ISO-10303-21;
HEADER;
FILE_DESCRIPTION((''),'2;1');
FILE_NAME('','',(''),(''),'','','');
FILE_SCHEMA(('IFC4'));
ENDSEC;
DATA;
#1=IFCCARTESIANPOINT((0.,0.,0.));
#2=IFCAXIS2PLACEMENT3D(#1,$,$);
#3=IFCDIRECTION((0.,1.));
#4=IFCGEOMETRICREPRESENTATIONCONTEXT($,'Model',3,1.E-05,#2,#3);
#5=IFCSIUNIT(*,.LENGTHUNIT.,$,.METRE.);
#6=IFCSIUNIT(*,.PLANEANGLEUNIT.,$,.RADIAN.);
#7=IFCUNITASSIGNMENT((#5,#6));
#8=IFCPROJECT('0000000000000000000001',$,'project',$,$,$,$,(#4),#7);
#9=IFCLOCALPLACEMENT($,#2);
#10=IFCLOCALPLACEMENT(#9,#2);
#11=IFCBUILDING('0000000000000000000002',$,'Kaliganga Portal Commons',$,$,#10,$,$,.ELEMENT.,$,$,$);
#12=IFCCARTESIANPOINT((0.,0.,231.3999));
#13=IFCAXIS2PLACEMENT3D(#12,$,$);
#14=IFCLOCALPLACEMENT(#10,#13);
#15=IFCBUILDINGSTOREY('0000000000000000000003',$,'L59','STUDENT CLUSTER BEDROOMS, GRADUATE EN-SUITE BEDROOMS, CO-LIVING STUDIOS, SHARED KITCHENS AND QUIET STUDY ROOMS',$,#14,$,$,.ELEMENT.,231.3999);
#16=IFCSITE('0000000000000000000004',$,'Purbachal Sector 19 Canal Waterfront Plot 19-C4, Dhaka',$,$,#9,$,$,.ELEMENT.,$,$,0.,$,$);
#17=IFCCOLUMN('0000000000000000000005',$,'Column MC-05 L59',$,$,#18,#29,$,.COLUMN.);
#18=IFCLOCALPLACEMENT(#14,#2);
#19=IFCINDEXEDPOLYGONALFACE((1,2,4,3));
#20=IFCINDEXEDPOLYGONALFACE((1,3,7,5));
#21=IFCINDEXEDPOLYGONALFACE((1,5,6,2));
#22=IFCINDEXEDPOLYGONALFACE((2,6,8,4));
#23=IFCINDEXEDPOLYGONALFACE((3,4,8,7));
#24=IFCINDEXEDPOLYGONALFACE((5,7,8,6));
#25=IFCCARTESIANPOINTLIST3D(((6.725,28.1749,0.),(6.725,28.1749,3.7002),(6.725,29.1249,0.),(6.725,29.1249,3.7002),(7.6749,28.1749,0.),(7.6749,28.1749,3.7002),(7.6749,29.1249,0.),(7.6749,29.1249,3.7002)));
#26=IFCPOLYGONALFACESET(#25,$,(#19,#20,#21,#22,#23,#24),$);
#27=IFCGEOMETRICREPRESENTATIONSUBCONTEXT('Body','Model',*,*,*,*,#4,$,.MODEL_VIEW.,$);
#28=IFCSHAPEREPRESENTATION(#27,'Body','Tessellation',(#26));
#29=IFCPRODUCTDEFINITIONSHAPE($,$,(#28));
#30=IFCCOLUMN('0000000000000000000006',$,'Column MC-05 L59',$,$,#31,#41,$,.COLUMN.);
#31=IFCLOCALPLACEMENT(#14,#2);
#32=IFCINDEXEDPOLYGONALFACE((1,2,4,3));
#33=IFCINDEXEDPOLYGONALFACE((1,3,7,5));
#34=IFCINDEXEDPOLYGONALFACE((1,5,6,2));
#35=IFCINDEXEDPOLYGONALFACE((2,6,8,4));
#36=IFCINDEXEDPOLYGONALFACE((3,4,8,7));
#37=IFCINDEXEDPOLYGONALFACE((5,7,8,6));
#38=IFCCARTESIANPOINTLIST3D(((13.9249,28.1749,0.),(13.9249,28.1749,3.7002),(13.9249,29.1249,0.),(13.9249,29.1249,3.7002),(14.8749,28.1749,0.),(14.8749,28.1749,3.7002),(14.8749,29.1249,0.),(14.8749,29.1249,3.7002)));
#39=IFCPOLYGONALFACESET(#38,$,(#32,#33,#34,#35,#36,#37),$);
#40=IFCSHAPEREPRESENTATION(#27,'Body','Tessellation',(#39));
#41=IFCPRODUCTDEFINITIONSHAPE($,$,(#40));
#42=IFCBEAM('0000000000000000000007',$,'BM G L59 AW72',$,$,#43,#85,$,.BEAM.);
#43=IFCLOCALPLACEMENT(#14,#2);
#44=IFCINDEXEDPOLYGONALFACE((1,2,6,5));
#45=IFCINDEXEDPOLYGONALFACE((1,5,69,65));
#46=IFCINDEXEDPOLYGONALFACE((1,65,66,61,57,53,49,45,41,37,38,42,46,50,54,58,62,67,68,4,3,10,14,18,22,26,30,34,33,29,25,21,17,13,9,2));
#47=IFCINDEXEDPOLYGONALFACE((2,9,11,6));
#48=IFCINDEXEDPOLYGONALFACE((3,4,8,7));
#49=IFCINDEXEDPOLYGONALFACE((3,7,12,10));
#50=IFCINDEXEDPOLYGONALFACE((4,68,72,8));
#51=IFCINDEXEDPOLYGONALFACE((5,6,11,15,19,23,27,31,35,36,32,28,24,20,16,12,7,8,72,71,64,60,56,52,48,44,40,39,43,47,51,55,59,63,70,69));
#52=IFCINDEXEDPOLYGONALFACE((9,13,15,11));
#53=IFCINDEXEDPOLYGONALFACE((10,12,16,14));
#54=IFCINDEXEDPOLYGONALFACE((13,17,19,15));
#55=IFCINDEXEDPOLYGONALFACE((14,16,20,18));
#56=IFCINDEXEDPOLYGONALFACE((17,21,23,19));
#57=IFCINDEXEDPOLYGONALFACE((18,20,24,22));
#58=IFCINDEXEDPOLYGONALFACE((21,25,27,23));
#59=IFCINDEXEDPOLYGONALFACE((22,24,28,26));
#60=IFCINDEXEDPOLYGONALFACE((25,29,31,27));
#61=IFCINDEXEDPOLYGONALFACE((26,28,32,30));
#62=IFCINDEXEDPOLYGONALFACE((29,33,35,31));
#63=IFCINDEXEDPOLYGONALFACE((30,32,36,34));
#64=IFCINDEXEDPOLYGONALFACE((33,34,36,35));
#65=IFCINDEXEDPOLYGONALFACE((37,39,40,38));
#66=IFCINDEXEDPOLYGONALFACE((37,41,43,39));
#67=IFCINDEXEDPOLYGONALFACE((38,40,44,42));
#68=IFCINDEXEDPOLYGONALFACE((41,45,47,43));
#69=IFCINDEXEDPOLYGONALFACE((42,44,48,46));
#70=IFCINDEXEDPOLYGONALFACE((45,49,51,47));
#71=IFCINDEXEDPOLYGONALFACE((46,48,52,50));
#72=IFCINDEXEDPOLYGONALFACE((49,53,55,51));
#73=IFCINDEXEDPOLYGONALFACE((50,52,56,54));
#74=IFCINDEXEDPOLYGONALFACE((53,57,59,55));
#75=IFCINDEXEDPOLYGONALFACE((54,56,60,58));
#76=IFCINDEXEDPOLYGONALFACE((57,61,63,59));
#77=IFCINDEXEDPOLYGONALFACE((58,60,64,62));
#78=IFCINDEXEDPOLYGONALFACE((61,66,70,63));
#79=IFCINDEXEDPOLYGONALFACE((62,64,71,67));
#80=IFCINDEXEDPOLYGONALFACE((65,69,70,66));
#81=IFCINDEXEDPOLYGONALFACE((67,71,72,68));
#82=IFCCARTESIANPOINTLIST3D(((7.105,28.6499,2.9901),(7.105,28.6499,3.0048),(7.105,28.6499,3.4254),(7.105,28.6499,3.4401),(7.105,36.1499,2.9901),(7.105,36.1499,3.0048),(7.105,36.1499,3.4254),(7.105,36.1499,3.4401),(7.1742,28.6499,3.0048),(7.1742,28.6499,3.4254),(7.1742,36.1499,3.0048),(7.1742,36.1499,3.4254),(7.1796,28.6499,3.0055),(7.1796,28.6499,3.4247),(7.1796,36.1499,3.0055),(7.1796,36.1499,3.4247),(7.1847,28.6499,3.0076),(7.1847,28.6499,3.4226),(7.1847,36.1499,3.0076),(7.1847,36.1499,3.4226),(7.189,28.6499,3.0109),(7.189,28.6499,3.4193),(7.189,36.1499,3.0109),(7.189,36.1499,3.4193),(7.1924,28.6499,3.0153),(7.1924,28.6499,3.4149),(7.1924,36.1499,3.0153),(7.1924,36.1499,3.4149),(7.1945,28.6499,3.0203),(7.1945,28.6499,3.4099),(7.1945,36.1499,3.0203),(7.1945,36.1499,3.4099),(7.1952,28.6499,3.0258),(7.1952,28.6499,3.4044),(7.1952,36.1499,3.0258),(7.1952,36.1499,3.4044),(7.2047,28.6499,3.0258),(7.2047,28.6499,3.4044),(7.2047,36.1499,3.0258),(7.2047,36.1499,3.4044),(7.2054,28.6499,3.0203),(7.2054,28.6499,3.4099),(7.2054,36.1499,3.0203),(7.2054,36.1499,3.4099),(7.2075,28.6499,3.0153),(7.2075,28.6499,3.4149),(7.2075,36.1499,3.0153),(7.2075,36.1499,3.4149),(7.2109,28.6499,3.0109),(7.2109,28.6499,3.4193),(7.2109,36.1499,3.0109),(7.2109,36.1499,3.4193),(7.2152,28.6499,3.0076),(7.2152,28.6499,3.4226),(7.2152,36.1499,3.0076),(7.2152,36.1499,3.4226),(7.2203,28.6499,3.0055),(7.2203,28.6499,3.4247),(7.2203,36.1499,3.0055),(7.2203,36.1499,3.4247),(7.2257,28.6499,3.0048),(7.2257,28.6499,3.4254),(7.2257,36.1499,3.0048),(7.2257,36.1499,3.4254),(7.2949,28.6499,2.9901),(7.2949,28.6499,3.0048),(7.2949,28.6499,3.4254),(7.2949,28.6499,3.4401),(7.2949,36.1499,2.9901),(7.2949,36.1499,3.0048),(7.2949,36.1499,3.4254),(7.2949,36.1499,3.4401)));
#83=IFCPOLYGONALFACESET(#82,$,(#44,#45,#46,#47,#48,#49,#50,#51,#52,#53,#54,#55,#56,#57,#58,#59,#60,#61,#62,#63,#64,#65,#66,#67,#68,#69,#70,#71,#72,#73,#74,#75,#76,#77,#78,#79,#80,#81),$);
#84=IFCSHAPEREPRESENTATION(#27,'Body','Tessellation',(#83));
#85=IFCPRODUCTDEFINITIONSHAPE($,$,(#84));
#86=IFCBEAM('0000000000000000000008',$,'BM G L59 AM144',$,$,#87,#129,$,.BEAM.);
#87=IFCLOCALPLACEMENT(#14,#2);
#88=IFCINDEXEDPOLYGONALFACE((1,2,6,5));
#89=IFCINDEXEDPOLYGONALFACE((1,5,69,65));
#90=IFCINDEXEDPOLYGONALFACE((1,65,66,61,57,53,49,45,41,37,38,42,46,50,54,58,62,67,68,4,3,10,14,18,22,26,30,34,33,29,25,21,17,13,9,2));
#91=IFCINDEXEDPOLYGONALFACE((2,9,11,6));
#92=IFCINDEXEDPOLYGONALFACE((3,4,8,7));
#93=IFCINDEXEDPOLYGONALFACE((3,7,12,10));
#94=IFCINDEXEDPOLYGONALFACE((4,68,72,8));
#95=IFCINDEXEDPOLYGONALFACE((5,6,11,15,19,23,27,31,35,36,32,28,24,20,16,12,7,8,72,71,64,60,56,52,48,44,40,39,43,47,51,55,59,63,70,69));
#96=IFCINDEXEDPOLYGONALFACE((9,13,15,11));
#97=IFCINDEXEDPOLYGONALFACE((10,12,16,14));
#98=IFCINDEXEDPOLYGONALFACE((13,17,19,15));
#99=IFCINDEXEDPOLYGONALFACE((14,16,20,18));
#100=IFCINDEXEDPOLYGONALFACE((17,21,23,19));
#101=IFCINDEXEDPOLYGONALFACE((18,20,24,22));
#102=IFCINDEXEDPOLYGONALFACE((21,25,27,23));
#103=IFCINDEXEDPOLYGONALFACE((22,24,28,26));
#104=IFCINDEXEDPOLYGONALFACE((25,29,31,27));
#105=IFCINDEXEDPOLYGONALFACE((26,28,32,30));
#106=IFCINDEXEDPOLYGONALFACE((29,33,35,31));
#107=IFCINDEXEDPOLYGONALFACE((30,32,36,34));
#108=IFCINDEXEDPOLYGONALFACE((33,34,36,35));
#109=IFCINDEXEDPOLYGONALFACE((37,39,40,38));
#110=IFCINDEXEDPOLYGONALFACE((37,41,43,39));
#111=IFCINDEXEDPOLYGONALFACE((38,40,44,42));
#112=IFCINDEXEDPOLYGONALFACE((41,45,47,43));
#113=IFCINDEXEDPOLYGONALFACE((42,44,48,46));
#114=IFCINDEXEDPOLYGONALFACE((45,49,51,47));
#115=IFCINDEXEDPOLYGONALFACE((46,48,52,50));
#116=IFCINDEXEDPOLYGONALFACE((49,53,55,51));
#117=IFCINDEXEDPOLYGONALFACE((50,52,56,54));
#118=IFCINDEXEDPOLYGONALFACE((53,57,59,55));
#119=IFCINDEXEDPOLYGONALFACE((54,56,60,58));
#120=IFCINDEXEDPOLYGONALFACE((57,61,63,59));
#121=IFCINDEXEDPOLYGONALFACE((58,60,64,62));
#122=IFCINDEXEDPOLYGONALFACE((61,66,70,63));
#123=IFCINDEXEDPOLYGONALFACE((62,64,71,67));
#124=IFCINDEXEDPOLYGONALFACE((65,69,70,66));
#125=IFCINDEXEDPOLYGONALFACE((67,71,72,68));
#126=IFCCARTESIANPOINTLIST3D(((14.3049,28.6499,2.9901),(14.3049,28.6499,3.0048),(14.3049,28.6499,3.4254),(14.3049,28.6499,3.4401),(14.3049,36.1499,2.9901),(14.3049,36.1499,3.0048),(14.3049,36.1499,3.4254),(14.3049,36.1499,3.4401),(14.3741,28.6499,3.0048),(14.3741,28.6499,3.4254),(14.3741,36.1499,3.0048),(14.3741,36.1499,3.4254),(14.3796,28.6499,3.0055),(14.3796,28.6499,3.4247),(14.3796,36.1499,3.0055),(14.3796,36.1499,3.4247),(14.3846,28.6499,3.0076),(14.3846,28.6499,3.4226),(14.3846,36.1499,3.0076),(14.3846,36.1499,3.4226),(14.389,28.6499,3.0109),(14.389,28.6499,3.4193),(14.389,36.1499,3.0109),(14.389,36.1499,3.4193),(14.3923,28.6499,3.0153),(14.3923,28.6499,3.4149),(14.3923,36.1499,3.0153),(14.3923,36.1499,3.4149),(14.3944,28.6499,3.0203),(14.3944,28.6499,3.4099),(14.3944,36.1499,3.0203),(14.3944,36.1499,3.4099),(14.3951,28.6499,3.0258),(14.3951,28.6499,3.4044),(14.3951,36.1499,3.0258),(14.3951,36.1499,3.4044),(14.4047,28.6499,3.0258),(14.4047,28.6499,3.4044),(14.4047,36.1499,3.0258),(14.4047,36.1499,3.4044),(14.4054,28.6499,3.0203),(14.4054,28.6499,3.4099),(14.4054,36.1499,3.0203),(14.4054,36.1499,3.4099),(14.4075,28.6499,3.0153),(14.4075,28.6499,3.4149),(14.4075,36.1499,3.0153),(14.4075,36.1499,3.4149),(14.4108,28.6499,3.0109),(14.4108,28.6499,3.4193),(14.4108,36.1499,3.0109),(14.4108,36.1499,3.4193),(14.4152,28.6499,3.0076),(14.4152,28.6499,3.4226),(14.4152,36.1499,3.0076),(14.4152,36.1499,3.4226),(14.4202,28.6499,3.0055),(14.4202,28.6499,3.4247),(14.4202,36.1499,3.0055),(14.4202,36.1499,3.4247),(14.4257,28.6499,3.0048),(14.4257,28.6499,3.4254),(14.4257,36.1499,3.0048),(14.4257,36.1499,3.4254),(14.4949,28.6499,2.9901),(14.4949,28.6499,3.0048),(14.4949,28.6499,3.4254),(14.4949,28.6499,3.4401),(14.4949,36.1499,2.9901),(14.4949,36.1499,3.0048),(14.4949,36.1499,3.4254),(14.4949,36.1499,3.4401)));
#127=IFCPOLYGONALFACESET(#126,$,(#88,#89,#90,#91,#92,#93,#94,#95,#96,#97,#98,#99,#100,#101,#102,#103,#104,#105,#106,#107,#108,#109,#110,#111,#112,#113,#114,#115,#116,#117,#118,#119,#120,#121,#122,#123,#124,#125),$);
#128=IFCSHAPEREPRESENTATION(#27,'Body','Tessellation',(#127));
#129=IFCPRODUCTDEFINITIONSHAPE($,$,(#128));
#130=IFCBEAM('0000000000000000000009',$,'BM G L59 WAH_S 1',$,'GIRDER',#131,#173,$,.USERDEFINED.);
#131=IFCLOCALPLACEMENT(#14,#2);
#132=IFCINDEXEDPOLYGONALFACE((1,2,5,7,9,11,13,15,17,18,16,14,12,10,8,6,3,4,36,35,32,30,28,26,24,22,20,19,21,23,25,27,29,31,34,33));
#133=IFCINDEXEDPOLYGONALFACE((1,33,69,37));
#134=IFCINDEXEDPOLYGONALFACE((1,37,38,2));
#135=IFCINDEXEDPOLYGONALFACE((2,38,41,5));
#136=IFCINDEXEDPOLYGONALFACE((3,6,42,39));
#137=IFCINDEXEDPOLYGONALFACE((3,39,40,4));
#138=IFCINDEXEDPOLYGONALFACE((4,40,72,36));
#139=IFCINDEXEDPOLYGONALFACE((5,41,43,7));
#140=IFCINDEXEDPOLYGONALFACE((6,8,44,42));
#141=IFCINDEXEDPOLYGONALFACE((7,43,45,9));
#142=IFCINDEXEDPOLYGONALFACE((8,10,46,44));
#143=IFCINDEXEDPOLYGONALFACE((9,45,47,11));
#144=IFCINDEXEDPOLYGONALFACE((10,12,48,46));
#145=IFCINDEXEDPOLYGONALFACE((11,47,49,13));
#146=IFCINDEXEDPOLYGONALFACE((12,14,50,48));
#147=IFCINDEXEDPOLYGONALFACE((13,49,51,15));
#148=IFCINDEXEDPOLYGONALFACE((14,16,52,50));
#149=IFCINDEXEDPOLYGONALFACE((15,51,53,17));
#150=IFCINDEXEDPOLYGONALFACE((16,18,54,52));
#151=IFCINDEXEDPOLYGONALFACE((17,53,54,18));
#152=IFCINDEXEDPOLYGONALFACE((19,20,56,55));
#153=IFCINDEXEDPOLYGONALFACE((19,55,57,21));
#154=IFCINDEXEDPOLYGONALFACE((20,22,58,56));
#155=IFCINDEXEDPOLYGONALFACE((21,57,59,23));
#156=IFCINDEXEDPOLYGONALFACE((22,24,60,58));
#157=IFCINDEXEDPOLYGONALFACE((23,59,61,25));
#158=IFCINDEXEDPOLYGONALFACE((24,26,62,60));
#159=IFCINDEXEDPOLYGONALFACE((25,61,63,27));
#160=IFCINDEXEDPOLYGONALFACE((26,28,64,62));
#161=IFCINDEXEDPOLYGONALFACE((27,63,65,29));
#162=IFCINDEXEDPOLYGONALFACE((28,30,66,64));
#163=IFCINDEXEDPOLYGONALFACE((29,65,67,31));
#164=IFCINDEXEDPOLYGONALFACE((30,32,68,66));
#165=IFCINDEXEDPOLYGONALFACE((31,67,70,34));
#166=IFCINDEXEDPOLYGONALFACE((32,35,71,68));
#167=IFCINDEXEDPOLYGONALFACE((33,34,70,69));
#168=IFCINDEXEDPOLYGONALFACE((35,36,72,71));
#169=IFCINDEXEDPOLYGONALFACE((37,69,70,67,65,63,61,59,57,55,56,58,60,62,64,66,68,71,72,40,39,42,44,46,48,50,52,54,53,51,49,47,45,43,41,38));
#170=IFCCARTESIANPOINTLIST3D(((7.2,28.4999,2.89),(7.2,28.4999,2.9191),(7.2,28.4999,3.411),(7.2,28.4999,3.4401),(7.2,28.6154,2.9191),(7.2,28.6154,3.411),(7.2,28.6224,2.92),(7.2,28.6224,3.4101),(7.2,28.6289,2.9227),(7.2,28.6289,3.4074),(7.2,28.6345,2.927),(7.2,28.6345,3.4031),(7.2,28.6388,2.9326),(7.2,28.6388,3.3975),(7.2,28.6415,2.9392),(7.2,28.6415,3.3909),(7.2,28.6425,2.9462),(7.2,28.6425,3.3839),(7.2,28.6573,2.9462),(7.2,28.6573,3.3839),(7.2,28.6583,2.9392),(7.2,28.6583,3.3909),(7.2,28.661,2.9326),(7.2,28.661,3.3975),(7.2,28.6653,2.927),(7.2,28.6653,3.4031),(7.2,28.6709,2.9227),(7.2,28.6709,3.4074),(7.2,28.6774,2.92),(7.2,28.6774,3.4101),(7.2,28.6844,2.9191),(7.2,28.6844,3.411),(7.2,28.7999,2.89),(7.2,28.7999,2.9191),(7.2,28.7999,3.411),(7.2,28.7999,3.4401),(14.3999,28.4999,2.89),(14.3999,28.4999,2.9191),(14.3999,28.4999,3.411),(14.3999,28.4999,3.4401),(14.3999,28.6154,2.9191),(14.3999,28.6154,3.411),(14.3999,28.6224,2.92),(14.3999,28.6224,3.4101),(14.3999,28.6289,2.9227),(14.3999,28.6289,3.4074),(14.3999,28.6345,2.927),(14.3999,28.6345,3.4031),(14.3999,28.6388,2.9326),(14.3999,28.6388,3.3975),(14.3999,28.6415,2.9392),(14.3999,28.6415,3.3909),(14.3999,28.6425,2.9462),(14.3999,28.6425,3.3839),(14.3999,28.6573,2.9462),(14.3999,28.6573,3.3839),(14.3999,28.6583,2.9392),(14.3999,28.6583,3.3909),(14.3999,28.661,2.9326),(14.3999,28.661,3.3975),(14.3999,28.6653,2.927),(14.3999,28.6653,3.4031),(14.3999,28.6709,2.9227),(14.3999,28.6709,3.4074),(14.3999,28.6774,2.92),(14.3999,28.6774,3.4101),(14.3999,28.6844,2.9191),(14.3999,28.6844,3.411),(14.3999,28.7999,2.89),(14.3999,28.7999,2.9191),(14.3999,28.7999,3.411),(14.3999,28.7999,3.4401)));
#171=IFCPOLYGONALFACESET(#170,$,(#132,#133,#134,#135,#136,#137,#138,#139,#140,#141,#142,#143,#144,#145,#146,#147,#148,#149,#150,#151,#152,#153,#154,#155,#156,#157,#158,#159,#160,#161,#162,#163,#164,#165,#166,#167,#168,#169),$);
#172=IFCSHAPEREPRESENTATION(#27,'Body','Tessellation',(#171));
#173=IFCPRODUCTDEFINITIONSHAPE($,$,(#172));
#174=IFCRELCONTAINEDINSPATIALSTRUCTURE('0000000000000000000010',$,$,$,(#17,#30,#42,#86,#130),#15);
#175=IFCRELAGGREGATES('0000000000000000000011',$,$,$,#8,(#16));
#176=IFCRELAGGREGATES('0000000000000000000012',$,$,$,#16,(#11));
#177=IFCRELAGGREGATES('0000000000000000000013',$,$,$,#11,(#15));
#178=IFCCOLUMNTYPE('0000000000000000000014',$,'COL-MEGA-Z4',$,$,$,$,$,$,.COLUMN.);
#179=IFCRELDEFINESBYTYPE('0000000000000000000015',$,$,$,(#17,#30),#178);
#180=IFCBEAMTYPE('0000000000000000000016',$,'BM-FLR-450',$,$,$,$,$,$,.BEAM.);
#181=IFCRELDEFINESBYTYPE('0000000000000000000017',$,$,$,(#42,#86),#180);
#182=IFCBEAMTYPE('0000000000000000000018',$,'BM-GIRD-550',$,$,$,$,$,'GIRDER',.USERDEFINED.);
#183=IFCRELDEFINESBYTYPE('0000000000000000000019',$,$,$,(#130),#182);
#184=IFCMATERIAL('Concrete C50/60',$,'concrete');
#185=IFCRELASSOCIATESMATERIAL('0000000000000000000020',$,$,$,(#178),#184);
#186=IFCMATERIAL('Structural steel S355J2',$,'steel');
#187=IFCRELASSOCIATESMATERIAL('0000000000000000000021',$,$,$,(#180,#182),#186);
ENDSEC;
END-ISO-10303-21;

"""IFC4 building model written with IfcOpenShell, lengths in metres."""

from ifc_helpers import new_model, si_unit, direction, frame, origin, origin_2d, place, context, subcontext, project, spatial, rectangle, i_section, extrude, source, transform, mapped, material, material_profile, profile_set, type_object, element, save


model = new_model("IFC4")

# Units and contexts
model_context = context("Model", 3, precision=1e-05, world=origin(), true_north=direction((0.0, 1.0)))
body_context = subcontext(model_context, "Body", "Model", "MODEL_VIEW")
ifc_project = project(units=[si_unit("LENGTHUNIT", "METRE"), si_unit("PLANEANGLEUNIT", "RADIAN")], contexts=[model_context])

# Site, building, storey
site_placement = place(None, origin())
site = spatial("IfcSite", under=ifc_project, at=site_placement, Name="Purbachal Sector 19 Canal Waterfront Plot 19-C4, Dhaka", CompositionType="ELEMENT", RefElevation=0.0)
building_placement = place(site_placement, origin())
building = spatial("IfcBuilding", under=site, at=building_placement, Name="Kaliganga Portal Commons", CompositionType="ELEMENT")
storey_placement = place(building_placement, frame((0.0, 0.0, 231.3999)))
storey = spatial("IfcBuildingStorey", under=building, at=storey_placement, Name="L59", Description="STUDENT CLUSTER BEDROOMS, GRADUATE EN-SUITE BEDROOMS, CO-LIVING STUDIOS, SHARED KITCHENS AND QUIET STUDY ROOMS", CompositionType="ELEMENT", Elevation=231.3999)

# Columns
ifc_material_1 = material(Name="Concrete C50/60", Category="concrete")
ifc_material_profile_1 = material_profile(ifc_material_1, rectangle(XDim=0.95, YDim=0.95, at=origin_2d()), Name="RC 950x950")
ifc_profile_set_1 = profile_set([ifc_material_profile_1], Name="Concrete C50/60")
column_type = type_object("IfcColumnType", Name="COL-MEGA-Z4", PredefinedType="COLUMN", material=ifc_profile_set_1)
shared_shape_1 = source(origin(), body_context, "Body", "SweptSolid", [
    extrude(rectangle(XDim=0.95, YDim=0.95, at=origin_2d()), origin(), (0.0, 0.0, 1.0), 3.7002),
])
for number, where, z_axis, x_axis, name in (
    (1, (7.2, 28.6499, 0.0), (0.0, 0.0, 1.0), (1.0, 0.0, 0.0), "Column MC-05 L59"),
    (2, (14.3999, 28.6499, 0.0), (0.0, 0.0, 1.0), (1.0, 0.0, 0.0), "Column MC-05 L59"),
):
    element("IfcColumn", number, at=place(storey_placement, frame(where, z_axis=z_axis, x_axis=x_axis)), inside=storey, type_object=column_type, Name=name, PredefinedType="COLUMN", context=body_context, shape_type="MappedRepresentation", body=[
        mapped(shared_shape_1, transform((0.0, 0.0, 0.0), x_axis=(1.0, 0.0, 0.0), y_axis=(0.0, 1.0, 0.0), z_axis=(0.0, 0.0, 1.0), scale=1.0)),
    ])

# Beams
ifc_material_2 = material(Name="Structural steel S355J2", Category="steel")
ifc_material_profile_2 = material_profile(ifc_material_2, i_section(OverallWidth=0.1899, OverallDepth=0.45, WebThickness=0.0095, FlangeThickness=0.0146, FilletRadius=0.021, at=origin_2d()), Name="IPE 450")
ifc_profile_set_2 = profile_set([ifc_material_profile_2], Name="Structural steel S355J2 wide-flange")
beam_type_1 = type_object("IfcBeamType", Name="BM-FLR-450", PredefinedType="BEAM", material=ifc_profile_set_2)
shared_shape_2 = source(origin(), body_context, "Body", "SweptSolid", [
    extrude(i_section(OverallWidth=0.1899, OverallDepth=0.45, WebThickness=0.0095, FlangeThickness=0.0146, FilletRadius=0.021, at=origin_2d()), origin(), (0.0, 0.0, 1.0), 7.5),
])
for number, where, z_axis, x_axis, name in (
    (3, (7.2, 28.6499, 3.2151), (0.0, 1.0, 0.0), (-1.0, 0.0, 0.0), "BM G L59 AW72"),
    (4, (14.3999, 28.6499, 3.2151), (0.0, 1.0, 0.0), (-1.0, 0.0, 0.0), "BM G L59 AM144"),
):
    element("IfcBeam", number, at=place(storey_placement, frame(where, z_axis=z_axis, x_axis=x_axis)), inside=storey, type_object=beam_type_1, Name=name, PredefinedType="BEAM", context=body_context, shape_type="MappedRepresentation", body=[
        mapped(shared_shape_2, transform((0.0, 0.0, 0.0), x_axis=(1.0, 0.0, 0.0), y_axis=(0.0, 1.0, 0.0), z_axis=(0.0, 0.0, 1.0), scale=1.0)),
    ])
ifc_material_profile_3 = material_profile(ifc_material_2, i_section(OverallWidth=0.3, OverallDepth=0.55, WebThickness=0.0149, FlangeThickness=0.0291, FilletRadius=0.0271, at=origin_2d()), Name="HE 550 B")
ifc_profile_set_3 = profile_set([ifc_material_profile_3], Name="Structural steel S355J2 wide-flange")
beam_type_2 = type_object("IfcBeamType", Name="BM-GIRD-550", ElementType="GIRDER", PredefinedType="USERDEFINED", material=ifc_profile_set_3)
shared_shape_3 = source(origin(), body_context, "Body", "SweptSolid", [
    extrude(i_section(OverallWidth=0.3, OverallDepth=0.55, WebThickness=0.0149, FlangeThickness=0.0291, FilletRadius=0.0271, at=origin_2d()), origin(), (0.0, 0.0, 1.0), 7.2),
])
beam_placement = place(storey_placement, frame((7.2, 28.6499, 3.165), z_axis=(1.0, 0.0, 0.0), x_axis=(0.0, 1.0, 0.0)))
element("IfcBeam", 5, at=beam_placement, inside=storey, type_object=beam_type_2, Name="BM G L59 WAH_S 1", ObjectType="GIRDER", PredefinedType="USERDEFINED", context=body_context, shape_type="MappedRepresentation", body=[
    mapped(shared_shape_3, transform((0.0, 0.0, 0.0), x_axis=(1.0, 0.0, 0.0), y_axis=(0.0, 1.0, 0.0), z_axis=(0.0, 0.0, 1.0), scale=1.0)),
])

save(model, "model.ifc")
